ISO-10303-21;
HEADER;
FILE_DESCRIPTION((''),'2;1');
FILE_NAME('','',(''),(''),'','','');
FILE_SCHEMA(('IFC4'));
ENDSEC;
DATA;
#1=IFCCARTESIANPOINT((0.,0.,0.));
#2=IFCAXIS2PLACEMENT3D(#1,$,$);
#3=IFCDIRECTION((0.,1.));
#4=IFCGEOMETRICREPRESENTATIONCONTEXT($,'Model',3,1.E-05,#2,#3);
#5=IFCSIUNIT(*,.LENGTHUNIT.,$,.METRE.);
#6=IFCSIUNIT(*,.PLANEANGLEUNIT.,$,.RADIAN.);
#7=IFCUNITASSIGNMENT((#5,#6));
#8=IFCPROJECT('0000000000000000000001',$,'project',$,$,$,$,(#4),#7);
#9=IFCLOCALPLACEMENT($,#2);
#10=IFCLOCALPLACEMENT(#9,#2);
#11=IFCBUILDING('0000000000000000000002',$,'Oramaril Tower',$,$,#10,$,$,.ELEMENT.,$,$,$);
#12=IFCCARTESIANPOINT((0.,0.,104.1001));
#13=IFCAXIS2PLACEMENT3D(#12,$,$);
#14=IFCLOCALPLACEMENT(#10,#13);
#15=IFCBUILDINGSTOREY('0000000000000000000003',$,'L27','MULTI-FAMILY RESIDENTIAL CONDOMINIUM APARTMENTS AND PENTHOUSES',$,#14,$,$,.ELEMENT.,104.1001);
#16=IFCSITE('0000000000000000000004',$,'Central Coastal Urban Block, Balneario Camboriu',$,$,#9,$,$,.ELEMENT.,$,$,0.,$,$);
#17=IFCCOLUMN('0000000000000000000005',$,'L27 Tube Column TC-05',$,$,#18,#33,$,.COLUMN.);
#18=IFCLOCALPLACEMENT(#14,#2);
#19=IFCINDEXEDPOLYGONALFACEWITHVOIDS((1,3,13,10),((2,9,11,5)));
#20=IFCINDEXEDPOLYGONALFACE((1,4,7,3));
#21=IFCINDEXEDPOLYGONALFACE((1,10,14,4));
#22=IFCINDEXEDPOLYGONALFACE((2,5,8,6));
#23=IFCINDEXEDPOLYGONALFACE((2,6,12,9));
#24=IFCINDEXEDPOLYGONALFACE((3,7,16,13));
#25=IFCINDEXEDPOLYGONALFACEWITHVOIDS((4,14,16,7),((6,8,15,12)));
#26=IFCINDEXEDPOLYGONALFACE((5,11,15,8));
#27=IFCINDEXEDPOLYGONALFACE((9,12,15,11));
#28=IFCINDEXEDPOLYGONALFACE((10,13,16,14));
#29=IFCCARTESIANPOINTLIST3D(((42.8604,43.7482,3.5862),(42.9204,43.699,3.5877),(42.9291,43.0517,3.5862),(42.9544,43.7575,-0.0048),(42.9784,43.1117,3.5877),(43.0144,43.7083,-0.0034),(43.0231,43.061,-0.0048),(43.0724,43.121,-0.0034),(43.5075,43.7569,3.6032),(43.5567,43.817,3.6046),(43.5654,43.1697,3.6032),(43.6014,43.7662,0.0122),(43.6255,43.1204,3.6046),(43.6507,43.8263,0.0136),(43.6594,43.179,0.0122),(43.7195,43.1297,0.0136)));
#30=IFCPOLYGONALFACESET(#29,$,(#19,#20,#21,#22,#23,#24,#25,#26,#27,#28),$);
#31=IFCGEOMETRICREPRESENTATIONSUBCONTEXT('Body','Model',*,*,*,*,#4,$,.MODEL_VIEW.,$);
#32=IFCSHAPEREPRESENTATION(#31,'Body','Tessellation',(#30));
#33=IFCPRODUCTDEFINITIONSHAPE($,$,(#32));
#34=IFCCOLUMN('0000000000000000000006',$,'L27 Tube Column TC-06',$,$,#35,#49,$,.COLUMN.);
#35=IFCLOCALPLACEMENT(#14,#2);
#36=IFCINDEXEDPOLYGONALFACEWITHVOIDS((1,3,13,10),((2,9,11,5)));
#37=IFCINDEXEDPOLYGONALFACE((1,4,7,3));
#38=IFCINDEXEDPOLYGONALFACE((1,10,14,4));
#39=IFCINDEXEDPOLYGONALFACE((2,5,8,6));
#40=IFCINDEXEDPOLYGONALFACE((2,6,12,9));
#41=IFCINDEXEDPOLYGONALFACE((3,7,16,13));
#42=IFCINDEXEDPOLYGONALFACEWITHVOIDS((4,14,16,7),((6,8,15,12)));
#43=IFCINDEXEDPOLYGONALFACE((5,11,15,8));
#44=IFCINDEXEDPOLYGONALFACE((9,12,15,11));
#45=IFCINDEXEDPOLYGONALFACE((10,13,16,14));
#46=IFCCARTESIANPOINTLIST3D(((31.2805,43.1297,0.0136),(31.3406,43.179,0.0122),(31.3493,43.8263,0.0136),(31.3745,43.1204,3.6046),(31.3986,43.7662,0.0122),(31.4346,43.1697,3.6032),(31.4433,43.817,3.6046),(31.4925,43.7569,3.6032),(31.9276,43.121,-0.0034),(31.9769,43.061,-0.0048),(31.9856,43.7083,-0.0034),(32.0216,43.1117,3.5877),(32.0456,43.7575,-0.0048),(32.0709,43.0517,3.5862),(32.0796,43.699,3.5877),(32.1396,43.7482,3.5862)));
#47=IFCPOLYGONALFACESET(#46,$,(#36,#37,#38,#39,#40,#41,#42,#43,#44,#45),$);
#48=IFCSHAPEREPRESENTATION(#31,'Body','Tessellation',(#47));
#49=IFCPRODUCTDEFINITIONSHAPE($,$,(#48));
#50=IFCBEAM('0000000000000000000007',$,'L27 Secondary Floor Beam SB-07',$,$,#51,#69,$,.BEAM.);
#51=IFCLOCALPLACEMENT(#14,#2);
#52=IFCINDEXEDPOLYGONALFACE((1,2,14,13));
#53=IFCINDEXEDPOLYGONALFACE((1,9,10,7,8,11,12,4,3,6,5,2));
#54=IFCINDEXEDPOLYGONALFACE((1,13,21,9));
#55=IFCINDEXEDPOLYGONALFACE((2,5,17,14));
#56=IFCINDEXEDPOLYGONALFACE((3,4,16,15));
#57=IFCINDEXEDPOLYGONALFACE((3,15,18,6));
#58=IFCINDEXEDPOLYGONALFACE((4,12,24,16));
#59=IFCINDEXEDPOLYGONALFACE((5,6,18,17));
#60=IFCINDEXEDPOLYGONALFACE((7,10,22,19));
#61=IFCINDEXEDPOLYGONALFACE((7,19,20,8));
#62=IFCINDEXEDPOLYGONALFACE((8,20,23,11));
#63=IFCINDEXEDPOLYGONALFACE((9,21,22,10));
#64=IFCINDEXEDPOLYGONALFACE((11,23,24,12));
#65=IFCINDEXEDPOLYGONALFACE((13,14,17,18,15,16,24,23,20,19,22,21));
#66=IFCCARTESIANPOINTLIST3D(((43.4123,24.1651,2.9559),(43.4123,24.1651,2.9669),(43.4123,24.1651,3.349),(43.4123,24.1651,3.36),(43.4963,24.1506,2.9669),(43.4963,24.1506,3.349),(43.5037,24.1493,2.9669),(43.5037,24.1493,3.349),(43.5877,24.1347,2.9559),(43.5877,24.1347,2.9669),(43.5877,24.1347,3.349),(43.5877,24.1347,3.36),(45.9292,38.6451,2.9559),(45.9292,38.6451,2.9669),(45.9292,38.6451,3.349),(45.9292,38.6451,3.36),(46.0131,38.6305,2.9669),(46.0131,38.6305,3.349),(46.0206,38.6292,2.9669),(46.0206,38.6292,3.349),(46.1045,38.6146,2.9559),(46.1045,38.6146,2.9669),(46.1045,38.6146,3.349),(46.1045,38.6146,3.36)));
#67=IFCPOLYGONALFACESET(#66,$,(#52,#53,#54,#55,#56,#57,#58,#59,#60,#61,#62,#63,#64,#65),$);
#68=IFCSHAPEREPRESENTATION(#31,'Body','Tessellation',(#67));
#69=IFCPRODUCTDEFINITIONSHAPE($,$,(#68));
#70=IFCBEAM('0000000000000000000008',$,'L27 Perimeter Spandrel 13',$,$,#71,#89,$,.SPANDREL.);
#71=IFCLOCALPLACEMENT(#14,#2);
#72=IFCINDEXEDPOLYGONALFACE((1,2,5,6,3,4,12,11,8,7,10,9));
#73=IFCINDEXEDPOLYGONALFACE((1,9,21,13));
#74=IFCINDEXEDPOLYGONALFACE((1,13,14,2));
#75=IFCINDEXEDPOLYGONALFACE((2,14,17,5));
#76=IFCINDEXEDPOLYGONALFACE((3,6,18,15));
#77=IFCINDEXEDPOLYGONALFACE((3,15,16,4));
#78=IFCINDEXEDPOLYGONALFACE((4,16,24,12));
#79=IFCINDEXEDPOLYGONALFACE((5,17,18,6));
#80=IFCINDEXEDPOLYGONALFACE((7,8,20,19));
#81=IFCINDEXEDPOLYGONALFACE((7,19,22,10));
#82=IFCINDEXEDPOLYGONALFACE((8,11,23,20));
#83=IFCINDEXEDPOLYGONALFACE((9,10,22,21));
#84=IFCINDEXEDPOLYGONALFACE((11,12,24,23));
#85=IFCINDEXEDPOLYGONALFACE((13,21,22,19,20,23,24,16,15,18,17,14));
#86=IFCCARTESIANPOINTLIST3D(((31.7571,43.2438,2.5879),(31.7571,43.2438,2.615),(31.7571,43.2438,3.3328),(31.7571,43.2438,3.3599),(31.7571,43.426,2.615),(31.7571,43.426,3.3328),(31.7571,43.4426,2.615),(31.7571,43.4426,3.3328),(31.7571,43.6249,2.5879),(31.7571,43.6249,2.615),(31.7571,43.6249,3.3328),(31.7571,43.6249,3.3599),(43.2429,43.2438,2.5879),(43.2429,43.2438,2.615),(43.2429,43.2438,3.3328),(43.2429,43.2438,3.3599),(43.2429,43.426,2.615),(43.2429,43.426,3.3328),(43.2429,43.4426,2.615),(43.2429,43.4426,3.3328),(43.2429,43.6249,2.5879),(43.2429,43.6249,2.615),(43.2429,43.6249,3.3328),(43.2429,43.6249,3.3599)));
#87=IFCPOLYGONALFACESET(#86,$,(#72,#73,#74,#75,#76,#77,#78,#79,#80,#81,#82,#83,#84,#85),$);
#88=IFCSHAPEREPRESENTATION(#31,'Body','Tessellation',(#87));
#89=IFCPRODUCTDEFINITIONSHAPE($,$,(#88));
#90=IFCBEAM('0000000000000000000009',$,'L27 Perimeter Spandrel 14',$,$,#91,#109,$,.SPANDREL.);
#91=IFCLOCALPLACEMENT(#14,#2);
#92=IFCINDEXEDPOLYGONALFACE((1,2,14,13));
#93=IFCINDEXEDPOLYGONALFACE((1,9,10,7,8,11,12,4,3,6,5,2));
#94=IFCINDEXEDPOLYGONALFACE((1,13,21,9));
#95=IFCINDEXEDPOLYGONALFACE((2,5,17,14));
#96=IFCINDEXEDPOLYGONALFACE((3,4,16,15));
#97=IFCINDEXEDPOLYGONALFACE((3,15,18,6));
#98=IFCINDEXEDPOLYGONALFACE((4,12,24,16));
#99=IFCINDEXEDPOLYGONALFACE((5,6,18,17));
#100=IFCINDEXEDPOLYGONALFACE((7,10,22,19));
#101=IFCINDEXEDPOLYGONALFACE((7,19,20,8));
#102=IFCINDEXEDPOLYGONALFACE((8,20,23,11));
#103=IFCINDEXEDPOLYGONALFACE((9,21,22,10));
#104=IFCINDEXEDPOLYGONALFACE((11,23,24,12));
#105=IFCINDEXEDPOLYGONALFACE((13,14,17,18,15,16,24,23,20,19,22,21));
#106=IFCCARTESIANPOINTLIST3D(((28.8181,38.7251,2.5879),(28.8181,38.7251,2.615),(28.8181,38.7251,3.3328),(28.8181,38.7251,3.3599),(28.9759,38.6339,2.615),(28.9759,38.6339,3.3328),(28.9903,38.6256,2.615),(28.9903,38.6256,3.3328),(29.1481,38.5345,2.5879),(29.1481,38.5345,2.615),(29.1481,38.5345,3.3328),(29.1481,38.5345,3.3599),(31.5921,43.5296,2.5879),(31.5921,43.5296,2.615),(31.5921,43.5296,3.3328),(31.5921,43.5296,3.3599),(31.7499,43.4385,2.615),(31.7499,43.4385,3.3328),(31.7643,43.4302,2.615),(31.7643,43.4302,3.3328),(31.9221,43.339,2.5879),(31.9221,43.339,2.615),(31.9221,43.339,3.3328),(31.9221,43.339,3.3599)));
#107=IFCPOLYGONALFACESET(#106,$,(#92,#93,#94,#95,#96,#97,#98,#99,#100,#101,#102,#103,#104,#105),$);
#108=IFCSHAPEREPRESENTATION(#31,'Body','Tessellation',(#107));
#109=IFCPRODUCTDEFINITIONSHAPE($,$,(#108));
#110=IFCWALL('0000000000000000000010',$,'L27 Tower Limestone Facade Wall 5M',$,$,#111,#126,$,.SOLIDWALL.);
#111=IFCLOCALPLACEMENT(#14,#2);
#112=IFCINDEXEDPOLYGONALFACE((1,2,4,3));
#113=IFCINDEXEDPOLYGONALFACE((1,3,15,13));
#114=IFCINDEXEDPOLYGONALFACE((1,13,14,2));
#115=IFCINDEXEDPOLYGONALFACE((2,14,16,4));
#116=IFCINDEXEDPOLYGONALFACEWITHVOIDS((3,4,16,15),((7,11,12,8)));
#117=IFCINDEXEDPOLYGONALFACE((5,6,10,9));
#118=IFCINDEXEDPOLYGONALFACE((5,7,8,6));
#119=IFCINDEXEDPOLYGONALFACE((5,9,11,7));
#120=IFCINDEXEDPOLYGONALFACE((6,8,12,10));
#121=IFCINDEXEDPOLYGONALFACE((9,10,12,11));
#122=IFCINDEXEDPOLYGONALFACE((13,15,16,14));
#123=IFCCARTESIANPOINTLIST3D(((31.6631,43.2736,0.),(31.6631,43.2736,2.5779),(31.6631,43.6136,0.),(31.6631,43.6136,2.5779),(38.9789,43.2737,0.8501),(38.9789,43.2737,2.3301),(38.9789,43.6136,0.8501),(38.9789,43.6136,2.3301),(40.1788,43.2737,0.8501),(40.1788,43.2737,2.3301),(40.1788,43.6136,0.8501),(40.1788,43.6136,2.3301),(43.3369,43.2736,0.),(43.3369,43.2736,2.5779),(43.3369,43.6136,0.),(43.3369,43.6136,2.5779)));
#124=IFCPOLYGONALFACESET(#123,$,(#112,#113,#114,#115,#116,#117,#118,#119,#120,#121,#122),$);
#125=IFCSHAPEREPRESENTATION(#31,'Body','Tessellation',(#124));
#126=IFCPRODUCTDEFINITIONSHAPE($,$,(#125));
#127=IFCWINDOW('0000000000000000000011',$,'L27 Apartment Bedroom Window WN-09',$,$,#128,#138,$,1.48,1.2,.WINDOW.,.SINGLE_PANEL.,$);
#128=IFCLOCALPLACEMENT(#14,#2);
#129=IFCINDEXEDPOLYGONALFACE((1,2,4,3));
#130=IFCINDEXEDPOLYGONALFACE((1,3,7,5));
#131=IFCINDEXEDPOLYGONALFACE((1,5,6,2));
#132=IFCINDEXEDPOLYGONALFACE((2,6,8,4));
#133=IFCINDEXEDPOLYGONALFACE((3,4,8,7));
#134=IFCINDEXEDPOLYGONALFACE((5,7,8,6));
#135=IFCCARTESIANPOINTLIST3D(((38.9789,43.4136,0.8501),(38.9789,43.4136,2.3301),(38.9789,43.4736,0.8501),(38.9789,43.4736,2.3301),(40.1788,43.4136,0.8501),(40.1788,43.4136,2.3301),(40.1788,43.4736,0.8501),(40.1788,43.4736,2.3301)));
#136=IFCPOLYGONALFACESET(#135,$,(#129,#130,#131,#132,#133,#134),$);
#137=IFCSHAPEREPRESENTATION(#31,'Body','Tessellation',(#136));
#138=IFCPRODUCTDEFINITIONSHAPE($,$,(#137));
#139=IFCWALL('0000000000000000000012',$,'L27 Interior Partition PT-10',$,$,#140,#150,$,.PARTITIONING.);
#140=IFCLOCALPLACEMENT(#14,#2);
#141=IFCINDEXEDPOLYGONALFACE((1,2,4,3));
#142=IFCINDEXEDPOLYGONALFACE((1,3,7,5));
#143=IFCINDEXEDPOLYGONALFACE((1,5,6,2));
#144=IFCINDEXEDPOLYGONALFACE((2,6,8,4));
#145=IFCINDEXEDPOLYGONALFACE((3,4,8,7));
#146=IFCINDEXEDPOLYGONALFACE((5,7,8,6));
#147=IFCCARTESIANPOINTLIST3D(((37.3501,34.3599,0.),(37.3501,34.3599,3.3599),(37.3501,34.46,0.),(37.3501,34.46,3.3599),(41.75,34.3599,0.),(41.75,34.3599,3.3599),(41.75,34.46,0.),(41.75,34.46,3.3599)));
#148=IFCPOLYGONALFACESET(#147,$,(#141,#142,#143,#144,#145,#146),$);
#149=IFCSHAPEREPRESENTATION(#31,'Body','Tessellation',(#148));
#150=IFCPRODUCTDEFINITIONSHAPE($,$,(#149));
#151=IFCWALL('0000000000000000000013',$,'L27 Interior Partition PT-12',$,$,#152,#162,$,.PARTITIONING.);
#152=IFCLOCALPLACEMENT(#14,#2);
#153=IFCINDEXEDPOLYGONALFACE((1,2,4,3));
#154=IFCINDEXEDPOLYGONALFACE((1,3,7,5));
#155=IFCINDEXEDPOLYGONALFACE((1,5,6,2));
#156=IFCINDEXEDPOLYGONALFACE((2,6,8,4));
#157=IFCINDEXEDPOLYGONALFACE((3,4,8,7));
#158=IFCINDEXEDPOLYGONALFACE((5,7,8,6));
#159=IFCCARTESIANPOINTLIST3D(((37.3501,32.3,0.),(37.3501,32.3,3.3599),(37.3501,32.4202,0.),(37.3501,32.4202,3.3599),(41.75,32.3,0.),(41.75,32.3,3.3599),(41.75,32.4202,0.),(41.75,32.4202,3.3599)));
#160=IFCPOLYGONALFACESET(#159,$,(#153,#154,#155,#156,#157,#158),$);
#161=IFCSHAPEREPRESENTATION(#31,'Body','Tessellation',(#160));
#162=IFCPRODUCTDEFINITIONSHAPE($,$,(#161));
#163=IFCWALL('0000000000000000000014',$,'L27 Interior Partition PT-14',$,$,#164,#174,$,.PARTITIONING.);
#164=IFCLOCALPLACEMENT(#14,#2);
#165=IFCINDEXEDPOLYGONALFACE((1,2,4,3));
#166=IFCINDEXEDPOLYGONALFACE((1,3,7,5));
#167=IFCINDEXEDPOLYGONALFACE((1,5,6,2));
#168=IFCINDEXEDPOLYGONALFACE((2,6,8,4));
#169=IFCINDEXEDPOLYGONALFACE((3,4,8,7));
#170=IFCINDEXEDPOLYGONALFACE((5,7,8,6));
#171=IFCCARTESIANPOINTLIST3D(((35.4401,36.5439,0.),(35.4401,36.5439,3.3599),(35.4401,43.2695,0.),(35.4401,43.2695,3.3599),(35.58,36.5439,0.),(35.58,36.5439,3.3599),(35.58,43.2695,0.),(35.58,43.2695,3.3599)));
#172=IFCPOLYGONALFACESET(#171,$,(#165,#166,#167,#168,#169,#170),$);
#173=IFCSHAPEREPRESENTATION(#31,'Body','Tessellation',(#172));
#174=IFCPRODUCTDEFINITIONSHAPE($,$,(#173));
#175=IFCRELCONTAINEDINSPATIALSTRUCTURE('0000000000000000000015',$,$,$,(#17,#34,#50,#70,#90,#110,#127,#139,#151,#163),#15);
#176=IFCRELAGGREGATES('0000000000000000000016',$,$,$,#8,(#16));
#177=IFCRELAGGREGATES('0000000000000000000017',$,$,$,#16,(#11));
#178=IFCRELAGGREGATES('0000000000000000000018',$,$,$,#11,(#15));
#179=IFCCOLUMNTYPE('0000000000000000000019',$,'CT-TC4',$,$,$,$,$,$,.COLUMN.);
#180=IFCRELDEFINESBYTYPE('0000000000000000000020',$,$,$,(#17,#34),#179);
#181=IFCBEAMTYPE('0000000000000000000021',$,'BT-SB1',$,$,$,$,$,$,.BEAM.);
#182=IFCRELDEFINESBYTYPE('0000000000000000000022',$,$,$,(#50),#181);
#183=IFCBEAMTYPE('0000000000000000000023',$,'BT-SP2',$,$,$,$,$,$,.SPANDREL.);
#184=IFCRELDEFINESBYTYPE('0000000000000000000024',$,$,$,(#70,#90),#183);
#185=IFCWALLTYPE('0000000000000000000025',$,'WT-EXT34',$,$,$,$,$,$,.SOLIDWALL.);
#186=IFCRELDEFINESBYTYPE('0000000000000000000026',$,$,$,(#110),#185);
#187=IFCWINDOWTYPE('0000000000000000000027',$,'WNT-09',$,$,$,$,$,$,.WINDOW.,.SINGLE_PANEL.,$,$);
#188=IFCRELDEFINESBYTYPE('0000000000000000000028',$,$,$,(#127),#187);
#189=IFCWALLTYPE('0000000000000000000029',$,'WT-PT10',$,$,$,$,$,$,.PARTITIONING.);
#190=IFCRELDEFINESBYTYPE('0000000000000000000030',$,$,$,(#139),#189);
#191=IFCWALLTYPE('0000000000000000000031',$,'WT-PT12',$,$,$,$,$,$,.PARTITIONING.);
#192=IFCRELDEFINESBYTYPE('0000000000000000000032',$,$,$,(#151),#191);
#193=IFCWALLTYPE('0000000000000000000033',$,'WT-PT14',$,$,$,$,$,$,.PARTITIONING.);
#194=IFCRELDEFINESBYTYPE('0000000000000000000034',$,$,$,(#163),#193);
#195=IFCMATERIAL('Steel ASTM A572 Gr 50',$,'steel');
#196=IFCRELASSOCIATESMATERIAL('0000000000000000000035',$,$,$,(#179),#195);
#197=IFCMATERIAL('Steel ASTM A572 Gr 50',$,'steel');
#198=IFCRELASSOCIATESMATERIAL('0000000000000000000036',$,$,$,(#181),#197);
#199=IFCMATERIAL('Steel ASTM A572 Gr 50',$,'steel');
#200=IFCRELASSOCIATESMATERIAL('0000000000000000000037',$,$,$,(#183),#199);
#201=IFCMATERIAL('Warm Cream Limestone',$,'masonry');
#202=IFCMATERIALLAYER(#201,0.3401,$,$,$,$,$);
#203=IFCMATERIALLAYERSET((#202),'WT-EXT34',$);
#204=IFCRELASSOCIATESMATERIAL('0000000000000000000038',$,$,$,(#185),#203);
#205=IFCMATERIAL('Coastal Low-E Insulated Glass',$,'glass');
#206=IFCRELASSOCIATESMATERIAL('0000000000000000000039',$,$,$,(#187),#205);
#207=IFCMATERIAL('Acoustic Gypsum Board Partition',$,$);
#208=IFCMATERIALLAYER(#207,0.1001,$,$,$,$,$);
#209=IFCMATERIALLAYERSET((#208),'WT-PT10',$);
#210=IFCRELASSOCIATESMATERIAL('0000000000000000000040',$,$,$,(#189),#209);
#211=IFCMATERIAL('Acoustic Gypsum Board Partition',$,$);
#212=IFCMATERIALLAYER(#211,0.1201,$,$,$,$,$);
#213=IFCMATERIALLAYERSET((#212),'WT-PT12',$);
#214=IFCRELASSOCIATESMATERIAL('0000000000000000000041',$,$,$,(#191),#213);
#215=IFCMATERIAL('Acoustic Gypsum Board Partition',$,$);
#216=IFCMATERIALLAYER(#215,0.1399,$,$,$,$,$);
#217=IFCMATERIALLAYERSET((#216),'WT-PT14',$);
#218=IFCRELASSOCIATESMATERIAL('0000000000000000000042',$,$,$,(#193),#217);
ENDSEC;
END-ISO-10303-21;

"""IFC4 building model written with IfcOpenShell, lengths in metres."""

from ifc_helpers import new_model, si_unit, direction, frame, frame_2d, origin, origin_2d, place, context, subcontext, project, spatial, rectangle, hollow_rectangle, i_section, extrude, material, layer, layer_set, material_profile, profile_set, type_object, element, fill, save


model = new_model("IFC4")

# Units and contexts
model_context = context("Model", 3, precision=1e-05, world=origin(), true_north=direction((0.0, 1.0)))
body_context = subcontext(model_context, "Body", "Model", "MODEL_VIEW")
ifc_project = project(units=[si_unit("LENGTHUNIT", "METRE"), si_unit("PLANEANGLEUNIT", "RADIAN")], contexts=[model_context])

# Site, building, storey
site_placement = place(None, origin())
site = spatial("IfcSite", under=ifc_project, at=site_placement, Name="Central Coastal Urban Block, Balneario Camboriu", CompositionType="ELEMENT", RefElevation=0.0)
building_placement = place(site_placement, origin())
building = spatial("IfcBuilding", under=site, at=building_placement, Name="Oramaril Tower", CompositionType="ELEMENT")
storey_placement = place(building_placement, frame((0.0, 0.0, 104.1001)))
storey = spatial("IfcBuildingStorey", under=building, at=storey_placement, Name="L27", Description="MULTI-FAMILY RESIDENTIAL CONDOMINIUM APARTMENTS AND PENTHOUSES", CompositionType="ELEMENT", Elevation=104.1001)

# Columns
ifc_material_1 = material(Name="Steel ASTM A572 Gr 50", Category="steel")
ifc_material_profile_1 = material_profile(ifc_material_1, hollow_rectangle(XDim=0.7, YDim=0.7, WallThickness=0.0549, at=origin_2d()), Name="BOX700X700X55")
ifc_profile_set_1 = profile_set([ifc_material_profile_1], Name="Steel ASTM A572 Gr 50")
column_type = type_object("IfcColumnType", Name="CT-TC4", PredefinedType="COLUMN", material=ifc_profile_set_1)
for number, where, z_axis, x_axis, name in (
    (1, (43.3369, 43.4436, 0.0044), (-0.026165, -0.002583, 0.999654), (0.098224, -0.995164, 0.0), "L27 Tube Column TC-05"),
    (2, (31.6631, 43.4436, 0.0044), (0.026165, -0.002583, 0.999654), (0.098224, 0.995164, 0.0), "L27 Tube Column TC-06"),
):
    element("IfcColumn", number, at=place(storey_placement, frame(where, z_axis=z_axis, x_axis=x_axis)), inside=storey, type_object=column_type, Name=name, PredefinedType="COLUMN", context=body_context, shape_type="SweptSolid", body=[
        extrude(hollow_rectangle(XDim=0.7, YDim=0.7, WallThickness=0.0549, at=origin_2d()), origin(), (0.0, 0.0, 1.0), 3.5923),
    ])

# Beams
ifc_material_2 = material(Name="Steel ASTM A572 Gr 50", Category="steel")
ifc_material_profile_2 = material_profile(ifc_material_2, i_section(OverallWidth=0.178, OverallDepth=0.4041, WebThickness=0.0076, FlangeThickness=0.011, at=origin_2d()), Name="W16X36")
ifc_profile_set_2 = profile_set([ifc_material_profile_2], Name="Steel ASTM A572 Gr 50")
beam_type_1 = type_object("IfcBeamType", Name="BT-SB1", PredefinedType="BEAM", material=ifc_profile_set_2)
beam_1_placement = place(storey_placement, frame((43.5, 24.1499, 3.158), z_axis=(0.171248, 0.985228, 0.0), x_axis=(-0.985228, 0.171248, 0.0)))
element("IfcBeam", 3, at=beam_1_placement, inside=storey, type_object=beam_type_1, Name="L27 Secondary Floor Beam SB-07", PredefinedType="BEAM", context=body_context, shape_type="SweptSolid", body=[
    extrude(i_section(OverallWidth=0.178, OverallDepth=0.4041, WebThickness=0.0076, FlangeThickness=0.011, at=origin_2d()), origin(), (0.0, 0.0, 1.0), 14.697),
])
ifc_material_3 = material(Name="Steel ASTM A572 Gr 50", Category="steel")
ifc_material_profile_3 = material_profile(ifc_material_3, i_section(OverallWidth=0.3811, OverallDepth=0.772, WebThickness=0.0166, FlangeThickness=0.0271, at=origin_2d()), Name="W30X173")
ifc_profile_set_3 = profile_set([ifc_material_profile_3], Name="Steel ASTM A572 Gr 50")
beam_type_2 = type_object("IfcBeamType", Name="BT-SP2", PredefinedType="SPANDREL", material=ifc_profile_set_3)
beam_2_placement = place(storey_placement, frame((43.2429, 43.4343, 2.9739), z_axis=(-1.0, 0.0, 0.0), x_axis=(0.0, -1.0, 0.0)))
element("IfcBeam", 4, at=beam_2_placement, inside=storey, type_object=beam_type_2, Name="L27 Perimeter Spandrel 13", PredefinedType="SPANDREL", context=body_context, shape_type="SweptSolid", body=[
    extrude(i_section(OverallWidth=0.3811, OverallDepth=0.772, WebThickness=0.0166, FlangeThickness=0.0271, at=origin_2d()), origin(), (0.0, 0.0, 1.0), 11.4858),
])
beam_3_placement = place(storey_placement, frame((31.7571, 43.4343, 2.9739), z_axis=(-0.500011, -0.866019, 0.0), x_axis=(0.866019, -0.500011, 0.0)))
element("IfcBeam", 5, at=beam_3_placement, inside=storey, type_object=beam_type_2, Name="L27 Perimeter Spandrel 14", PredefinedType="SPANDREL", context=body_context, shape_type="SweptSolid", body=[
    extrude(i_section(OverallWidth=0.3811, OverallDepth=0.772, WebThickness=0.0166, FlangeThickness=0.0271, at=origin_2d()), origin(), (0.0, 0.0, 1.0), 5.5479),
])

# Wall, opening, window
ifc_material_4 = material(Name="Warm Cream Limestone", Category="masonry")
ifc_layer_1 = layer(ifc_material_4, 0.3401)
ifc_layer_set_1 = layer_set([ifc_layer_1], Name="WT-EXT34")
wall_type_1 = type_object("IfcWallType", Name="WT-EXT34", PredefinedType="SOLIDWALL", material=ifc_layer_set_1)
wall_1_placement = place(storey_placement, frame((43.3369, 43.4436, 0.0), z_axis=(0.0, 0.0, 1.0), x_axis=(-1.0, 0.0, 0.0)))
wall_1 = element("IfcWall", 6, at=wall_1_placement, inside=storey, type_object=wall_type_1, Name="L27 Tower Limestone Facade Wall 5M", PredefinedType="SOLIDWALL", context=body_context, shape_type="SweptSolid", body=[
    extrude(rectangle(XDim=11.6738, YDim=0.3401, at=frame_2d((5.8369, 0.0))), origin(), (0.0, 0.0, 1.0), 2.5779),
])
opening_1_placement = place(wall_1_placement, frame((3.158, 0.0, 0.8501)))
opening_1 = element("IfcOpeningElement", 7, at=opening_1_placement, cuts=wall_1, PredefinedType="OPENING", context=body_context, shape_type="SweptSolid", body=[
    extrude(rectangle(XDim=1.2, YDim=1.48, at=frame_2d((0.6001, 0.74))), frame((0.0, 0.1699, 0.0), z_axis=(0.0, -1.0, 0.0), x_axis=(1.0, 0.0, 0.0)), (0.0, 0.0, 1.0), 0.3401),
])
ifc_material_5 = material(Name="Coastal Low-E Insulated Glass", Category="glass")
window_type_1 = type_object("IfcWindowType", Name="WNT-09", PartitioningType="SINGLE_PANEL", PredefinedType="WINDOW", material=ifc_material_5)
window_1_placement = place(opening_1_placement, origin())
window_1 = element("IfcWindow", 8, at=window_1_placement, inside=storey, type_object=window_type_1, Name="L27 Apartment Bedroom Window WN-09", OverallHeight=1.48, OverallWidth=1.2, PartitioningType="SINGLE_PANEL", PredefinedType="WINDOW", context=body_context, shape_type="SweptSolid", body=[
    extrude(rectangle(XDim=1.2, YDim=1.48, at=frame_2d((0.6001, 0.74))), frame((0.0, 0.03, 0.0), z_axis=(0.0, -1.0, 0.0), x_axis=(1.0, 0.0, 0.0)), (0.0, 0.0, 1.0), 0.0601),
])
fill(opening_1, window_1)

# Walls
ifc_material_6 = material(Name="Acoustic Gypsum Board Partition")
ifc_layer_2 = layer(ifc_material_6, 0.1001)
ifc_layer_set_2 = layer_set([ifc_layer_2], Name="WT-PT10")
wall_type_2 = type_object("IfcWallType", Name="WT-PT10", PredefinedType="PARTITIONING", material=ifc_layer_set_2)
wall_2_placement = place(storey_placement, frame((37.3501, 34.4099, 0.0), z_axis=(0.0, 0.0, 1.0), x_axis=(1.0, 0.0, 0.0)))
element("IfcWall", 9, at=wall_2_placement, inside=storey, type_object=wall_type_2, Name="L27 Interior Partition PT-10", PredefinedType="PARTITIONING", context=body_context, shape_type="SweptSolid", body=[
    extrude(rectangle(XDim=4.3999, YDim=0.1001, at=frame_2d((2.2, 0.0))), origin(), (0.0, 0.0, 1.0), 3.3599),
])
ifc_material_7 = material(Name="Acoustic Gypsum Board Partition")
ifc_layer_3 = layer(ifc_material_7, 0.1201)
ifc_layer_set_3 = layer_set([ifc_layer_3], Name="WT-PT12")
wall_type_3 = type_object("IfcWallType", Name="WT-PT12", PredefinedType="PARTITIONING", material=ifc_layer_set_3)
wall_3_placement = place(storey_placement, frame((37.3501, 32.3601, 0.0), z_axis=(0.0, 0.0, 1.0), x_axis=(1.0, 0.0, 0.0)))
element("IfcWall", 10, at=wall_3_placement, inside=storey, type_object=wall_type_3, Name="L27 Interior Partition PT-12", PredefinedType="PARTITIONING", context=body_context, shape_type="SweptSolid", body=[
    extrude(rectangle(XDim=4.3999, YDim=0.1201, at=frame_2d((2.2, 0.0))), origin(), (0.0, 0.0, 1.0), 3.3599),
])
ifc_material_8 = material(Name="Acoustic Gypsum Board Partition")
ifc_layer_4 = layer(ifc_material_8, 0.1399)
ifc_layer_set_4 = layer_set([ifc_layer_4], Name="WT-PT14")
wall_type_4 = type_object("IfcWallType", Name="WT-PT14", PredefinedType="PARTITIONING", material=ifc_layer_set_4)
wall_4_placement = place(storey_placement, frame((35.51, 36.5439, 0.0), z_axis=(0.0, 0.0, 1.0), x_axis=(0.0, 1.0, 0.0)))
element("IfcWall", 11, at=wall_4_placement, inside=storey, type_object=wall_type_4, Name="L27 Interior Partition PT-14", PredefinedType="PARTITIONING", context=body_context, shape_type="SweptSolid", body=[
    extrude(rectangle(XDim=6.7256, YDim=0.1399, at=frame_2d((3.3628, 0.0))), origin(), (0.0, 0.0, 1.0), 3.3599),
])

save(model, "model.ifc")
